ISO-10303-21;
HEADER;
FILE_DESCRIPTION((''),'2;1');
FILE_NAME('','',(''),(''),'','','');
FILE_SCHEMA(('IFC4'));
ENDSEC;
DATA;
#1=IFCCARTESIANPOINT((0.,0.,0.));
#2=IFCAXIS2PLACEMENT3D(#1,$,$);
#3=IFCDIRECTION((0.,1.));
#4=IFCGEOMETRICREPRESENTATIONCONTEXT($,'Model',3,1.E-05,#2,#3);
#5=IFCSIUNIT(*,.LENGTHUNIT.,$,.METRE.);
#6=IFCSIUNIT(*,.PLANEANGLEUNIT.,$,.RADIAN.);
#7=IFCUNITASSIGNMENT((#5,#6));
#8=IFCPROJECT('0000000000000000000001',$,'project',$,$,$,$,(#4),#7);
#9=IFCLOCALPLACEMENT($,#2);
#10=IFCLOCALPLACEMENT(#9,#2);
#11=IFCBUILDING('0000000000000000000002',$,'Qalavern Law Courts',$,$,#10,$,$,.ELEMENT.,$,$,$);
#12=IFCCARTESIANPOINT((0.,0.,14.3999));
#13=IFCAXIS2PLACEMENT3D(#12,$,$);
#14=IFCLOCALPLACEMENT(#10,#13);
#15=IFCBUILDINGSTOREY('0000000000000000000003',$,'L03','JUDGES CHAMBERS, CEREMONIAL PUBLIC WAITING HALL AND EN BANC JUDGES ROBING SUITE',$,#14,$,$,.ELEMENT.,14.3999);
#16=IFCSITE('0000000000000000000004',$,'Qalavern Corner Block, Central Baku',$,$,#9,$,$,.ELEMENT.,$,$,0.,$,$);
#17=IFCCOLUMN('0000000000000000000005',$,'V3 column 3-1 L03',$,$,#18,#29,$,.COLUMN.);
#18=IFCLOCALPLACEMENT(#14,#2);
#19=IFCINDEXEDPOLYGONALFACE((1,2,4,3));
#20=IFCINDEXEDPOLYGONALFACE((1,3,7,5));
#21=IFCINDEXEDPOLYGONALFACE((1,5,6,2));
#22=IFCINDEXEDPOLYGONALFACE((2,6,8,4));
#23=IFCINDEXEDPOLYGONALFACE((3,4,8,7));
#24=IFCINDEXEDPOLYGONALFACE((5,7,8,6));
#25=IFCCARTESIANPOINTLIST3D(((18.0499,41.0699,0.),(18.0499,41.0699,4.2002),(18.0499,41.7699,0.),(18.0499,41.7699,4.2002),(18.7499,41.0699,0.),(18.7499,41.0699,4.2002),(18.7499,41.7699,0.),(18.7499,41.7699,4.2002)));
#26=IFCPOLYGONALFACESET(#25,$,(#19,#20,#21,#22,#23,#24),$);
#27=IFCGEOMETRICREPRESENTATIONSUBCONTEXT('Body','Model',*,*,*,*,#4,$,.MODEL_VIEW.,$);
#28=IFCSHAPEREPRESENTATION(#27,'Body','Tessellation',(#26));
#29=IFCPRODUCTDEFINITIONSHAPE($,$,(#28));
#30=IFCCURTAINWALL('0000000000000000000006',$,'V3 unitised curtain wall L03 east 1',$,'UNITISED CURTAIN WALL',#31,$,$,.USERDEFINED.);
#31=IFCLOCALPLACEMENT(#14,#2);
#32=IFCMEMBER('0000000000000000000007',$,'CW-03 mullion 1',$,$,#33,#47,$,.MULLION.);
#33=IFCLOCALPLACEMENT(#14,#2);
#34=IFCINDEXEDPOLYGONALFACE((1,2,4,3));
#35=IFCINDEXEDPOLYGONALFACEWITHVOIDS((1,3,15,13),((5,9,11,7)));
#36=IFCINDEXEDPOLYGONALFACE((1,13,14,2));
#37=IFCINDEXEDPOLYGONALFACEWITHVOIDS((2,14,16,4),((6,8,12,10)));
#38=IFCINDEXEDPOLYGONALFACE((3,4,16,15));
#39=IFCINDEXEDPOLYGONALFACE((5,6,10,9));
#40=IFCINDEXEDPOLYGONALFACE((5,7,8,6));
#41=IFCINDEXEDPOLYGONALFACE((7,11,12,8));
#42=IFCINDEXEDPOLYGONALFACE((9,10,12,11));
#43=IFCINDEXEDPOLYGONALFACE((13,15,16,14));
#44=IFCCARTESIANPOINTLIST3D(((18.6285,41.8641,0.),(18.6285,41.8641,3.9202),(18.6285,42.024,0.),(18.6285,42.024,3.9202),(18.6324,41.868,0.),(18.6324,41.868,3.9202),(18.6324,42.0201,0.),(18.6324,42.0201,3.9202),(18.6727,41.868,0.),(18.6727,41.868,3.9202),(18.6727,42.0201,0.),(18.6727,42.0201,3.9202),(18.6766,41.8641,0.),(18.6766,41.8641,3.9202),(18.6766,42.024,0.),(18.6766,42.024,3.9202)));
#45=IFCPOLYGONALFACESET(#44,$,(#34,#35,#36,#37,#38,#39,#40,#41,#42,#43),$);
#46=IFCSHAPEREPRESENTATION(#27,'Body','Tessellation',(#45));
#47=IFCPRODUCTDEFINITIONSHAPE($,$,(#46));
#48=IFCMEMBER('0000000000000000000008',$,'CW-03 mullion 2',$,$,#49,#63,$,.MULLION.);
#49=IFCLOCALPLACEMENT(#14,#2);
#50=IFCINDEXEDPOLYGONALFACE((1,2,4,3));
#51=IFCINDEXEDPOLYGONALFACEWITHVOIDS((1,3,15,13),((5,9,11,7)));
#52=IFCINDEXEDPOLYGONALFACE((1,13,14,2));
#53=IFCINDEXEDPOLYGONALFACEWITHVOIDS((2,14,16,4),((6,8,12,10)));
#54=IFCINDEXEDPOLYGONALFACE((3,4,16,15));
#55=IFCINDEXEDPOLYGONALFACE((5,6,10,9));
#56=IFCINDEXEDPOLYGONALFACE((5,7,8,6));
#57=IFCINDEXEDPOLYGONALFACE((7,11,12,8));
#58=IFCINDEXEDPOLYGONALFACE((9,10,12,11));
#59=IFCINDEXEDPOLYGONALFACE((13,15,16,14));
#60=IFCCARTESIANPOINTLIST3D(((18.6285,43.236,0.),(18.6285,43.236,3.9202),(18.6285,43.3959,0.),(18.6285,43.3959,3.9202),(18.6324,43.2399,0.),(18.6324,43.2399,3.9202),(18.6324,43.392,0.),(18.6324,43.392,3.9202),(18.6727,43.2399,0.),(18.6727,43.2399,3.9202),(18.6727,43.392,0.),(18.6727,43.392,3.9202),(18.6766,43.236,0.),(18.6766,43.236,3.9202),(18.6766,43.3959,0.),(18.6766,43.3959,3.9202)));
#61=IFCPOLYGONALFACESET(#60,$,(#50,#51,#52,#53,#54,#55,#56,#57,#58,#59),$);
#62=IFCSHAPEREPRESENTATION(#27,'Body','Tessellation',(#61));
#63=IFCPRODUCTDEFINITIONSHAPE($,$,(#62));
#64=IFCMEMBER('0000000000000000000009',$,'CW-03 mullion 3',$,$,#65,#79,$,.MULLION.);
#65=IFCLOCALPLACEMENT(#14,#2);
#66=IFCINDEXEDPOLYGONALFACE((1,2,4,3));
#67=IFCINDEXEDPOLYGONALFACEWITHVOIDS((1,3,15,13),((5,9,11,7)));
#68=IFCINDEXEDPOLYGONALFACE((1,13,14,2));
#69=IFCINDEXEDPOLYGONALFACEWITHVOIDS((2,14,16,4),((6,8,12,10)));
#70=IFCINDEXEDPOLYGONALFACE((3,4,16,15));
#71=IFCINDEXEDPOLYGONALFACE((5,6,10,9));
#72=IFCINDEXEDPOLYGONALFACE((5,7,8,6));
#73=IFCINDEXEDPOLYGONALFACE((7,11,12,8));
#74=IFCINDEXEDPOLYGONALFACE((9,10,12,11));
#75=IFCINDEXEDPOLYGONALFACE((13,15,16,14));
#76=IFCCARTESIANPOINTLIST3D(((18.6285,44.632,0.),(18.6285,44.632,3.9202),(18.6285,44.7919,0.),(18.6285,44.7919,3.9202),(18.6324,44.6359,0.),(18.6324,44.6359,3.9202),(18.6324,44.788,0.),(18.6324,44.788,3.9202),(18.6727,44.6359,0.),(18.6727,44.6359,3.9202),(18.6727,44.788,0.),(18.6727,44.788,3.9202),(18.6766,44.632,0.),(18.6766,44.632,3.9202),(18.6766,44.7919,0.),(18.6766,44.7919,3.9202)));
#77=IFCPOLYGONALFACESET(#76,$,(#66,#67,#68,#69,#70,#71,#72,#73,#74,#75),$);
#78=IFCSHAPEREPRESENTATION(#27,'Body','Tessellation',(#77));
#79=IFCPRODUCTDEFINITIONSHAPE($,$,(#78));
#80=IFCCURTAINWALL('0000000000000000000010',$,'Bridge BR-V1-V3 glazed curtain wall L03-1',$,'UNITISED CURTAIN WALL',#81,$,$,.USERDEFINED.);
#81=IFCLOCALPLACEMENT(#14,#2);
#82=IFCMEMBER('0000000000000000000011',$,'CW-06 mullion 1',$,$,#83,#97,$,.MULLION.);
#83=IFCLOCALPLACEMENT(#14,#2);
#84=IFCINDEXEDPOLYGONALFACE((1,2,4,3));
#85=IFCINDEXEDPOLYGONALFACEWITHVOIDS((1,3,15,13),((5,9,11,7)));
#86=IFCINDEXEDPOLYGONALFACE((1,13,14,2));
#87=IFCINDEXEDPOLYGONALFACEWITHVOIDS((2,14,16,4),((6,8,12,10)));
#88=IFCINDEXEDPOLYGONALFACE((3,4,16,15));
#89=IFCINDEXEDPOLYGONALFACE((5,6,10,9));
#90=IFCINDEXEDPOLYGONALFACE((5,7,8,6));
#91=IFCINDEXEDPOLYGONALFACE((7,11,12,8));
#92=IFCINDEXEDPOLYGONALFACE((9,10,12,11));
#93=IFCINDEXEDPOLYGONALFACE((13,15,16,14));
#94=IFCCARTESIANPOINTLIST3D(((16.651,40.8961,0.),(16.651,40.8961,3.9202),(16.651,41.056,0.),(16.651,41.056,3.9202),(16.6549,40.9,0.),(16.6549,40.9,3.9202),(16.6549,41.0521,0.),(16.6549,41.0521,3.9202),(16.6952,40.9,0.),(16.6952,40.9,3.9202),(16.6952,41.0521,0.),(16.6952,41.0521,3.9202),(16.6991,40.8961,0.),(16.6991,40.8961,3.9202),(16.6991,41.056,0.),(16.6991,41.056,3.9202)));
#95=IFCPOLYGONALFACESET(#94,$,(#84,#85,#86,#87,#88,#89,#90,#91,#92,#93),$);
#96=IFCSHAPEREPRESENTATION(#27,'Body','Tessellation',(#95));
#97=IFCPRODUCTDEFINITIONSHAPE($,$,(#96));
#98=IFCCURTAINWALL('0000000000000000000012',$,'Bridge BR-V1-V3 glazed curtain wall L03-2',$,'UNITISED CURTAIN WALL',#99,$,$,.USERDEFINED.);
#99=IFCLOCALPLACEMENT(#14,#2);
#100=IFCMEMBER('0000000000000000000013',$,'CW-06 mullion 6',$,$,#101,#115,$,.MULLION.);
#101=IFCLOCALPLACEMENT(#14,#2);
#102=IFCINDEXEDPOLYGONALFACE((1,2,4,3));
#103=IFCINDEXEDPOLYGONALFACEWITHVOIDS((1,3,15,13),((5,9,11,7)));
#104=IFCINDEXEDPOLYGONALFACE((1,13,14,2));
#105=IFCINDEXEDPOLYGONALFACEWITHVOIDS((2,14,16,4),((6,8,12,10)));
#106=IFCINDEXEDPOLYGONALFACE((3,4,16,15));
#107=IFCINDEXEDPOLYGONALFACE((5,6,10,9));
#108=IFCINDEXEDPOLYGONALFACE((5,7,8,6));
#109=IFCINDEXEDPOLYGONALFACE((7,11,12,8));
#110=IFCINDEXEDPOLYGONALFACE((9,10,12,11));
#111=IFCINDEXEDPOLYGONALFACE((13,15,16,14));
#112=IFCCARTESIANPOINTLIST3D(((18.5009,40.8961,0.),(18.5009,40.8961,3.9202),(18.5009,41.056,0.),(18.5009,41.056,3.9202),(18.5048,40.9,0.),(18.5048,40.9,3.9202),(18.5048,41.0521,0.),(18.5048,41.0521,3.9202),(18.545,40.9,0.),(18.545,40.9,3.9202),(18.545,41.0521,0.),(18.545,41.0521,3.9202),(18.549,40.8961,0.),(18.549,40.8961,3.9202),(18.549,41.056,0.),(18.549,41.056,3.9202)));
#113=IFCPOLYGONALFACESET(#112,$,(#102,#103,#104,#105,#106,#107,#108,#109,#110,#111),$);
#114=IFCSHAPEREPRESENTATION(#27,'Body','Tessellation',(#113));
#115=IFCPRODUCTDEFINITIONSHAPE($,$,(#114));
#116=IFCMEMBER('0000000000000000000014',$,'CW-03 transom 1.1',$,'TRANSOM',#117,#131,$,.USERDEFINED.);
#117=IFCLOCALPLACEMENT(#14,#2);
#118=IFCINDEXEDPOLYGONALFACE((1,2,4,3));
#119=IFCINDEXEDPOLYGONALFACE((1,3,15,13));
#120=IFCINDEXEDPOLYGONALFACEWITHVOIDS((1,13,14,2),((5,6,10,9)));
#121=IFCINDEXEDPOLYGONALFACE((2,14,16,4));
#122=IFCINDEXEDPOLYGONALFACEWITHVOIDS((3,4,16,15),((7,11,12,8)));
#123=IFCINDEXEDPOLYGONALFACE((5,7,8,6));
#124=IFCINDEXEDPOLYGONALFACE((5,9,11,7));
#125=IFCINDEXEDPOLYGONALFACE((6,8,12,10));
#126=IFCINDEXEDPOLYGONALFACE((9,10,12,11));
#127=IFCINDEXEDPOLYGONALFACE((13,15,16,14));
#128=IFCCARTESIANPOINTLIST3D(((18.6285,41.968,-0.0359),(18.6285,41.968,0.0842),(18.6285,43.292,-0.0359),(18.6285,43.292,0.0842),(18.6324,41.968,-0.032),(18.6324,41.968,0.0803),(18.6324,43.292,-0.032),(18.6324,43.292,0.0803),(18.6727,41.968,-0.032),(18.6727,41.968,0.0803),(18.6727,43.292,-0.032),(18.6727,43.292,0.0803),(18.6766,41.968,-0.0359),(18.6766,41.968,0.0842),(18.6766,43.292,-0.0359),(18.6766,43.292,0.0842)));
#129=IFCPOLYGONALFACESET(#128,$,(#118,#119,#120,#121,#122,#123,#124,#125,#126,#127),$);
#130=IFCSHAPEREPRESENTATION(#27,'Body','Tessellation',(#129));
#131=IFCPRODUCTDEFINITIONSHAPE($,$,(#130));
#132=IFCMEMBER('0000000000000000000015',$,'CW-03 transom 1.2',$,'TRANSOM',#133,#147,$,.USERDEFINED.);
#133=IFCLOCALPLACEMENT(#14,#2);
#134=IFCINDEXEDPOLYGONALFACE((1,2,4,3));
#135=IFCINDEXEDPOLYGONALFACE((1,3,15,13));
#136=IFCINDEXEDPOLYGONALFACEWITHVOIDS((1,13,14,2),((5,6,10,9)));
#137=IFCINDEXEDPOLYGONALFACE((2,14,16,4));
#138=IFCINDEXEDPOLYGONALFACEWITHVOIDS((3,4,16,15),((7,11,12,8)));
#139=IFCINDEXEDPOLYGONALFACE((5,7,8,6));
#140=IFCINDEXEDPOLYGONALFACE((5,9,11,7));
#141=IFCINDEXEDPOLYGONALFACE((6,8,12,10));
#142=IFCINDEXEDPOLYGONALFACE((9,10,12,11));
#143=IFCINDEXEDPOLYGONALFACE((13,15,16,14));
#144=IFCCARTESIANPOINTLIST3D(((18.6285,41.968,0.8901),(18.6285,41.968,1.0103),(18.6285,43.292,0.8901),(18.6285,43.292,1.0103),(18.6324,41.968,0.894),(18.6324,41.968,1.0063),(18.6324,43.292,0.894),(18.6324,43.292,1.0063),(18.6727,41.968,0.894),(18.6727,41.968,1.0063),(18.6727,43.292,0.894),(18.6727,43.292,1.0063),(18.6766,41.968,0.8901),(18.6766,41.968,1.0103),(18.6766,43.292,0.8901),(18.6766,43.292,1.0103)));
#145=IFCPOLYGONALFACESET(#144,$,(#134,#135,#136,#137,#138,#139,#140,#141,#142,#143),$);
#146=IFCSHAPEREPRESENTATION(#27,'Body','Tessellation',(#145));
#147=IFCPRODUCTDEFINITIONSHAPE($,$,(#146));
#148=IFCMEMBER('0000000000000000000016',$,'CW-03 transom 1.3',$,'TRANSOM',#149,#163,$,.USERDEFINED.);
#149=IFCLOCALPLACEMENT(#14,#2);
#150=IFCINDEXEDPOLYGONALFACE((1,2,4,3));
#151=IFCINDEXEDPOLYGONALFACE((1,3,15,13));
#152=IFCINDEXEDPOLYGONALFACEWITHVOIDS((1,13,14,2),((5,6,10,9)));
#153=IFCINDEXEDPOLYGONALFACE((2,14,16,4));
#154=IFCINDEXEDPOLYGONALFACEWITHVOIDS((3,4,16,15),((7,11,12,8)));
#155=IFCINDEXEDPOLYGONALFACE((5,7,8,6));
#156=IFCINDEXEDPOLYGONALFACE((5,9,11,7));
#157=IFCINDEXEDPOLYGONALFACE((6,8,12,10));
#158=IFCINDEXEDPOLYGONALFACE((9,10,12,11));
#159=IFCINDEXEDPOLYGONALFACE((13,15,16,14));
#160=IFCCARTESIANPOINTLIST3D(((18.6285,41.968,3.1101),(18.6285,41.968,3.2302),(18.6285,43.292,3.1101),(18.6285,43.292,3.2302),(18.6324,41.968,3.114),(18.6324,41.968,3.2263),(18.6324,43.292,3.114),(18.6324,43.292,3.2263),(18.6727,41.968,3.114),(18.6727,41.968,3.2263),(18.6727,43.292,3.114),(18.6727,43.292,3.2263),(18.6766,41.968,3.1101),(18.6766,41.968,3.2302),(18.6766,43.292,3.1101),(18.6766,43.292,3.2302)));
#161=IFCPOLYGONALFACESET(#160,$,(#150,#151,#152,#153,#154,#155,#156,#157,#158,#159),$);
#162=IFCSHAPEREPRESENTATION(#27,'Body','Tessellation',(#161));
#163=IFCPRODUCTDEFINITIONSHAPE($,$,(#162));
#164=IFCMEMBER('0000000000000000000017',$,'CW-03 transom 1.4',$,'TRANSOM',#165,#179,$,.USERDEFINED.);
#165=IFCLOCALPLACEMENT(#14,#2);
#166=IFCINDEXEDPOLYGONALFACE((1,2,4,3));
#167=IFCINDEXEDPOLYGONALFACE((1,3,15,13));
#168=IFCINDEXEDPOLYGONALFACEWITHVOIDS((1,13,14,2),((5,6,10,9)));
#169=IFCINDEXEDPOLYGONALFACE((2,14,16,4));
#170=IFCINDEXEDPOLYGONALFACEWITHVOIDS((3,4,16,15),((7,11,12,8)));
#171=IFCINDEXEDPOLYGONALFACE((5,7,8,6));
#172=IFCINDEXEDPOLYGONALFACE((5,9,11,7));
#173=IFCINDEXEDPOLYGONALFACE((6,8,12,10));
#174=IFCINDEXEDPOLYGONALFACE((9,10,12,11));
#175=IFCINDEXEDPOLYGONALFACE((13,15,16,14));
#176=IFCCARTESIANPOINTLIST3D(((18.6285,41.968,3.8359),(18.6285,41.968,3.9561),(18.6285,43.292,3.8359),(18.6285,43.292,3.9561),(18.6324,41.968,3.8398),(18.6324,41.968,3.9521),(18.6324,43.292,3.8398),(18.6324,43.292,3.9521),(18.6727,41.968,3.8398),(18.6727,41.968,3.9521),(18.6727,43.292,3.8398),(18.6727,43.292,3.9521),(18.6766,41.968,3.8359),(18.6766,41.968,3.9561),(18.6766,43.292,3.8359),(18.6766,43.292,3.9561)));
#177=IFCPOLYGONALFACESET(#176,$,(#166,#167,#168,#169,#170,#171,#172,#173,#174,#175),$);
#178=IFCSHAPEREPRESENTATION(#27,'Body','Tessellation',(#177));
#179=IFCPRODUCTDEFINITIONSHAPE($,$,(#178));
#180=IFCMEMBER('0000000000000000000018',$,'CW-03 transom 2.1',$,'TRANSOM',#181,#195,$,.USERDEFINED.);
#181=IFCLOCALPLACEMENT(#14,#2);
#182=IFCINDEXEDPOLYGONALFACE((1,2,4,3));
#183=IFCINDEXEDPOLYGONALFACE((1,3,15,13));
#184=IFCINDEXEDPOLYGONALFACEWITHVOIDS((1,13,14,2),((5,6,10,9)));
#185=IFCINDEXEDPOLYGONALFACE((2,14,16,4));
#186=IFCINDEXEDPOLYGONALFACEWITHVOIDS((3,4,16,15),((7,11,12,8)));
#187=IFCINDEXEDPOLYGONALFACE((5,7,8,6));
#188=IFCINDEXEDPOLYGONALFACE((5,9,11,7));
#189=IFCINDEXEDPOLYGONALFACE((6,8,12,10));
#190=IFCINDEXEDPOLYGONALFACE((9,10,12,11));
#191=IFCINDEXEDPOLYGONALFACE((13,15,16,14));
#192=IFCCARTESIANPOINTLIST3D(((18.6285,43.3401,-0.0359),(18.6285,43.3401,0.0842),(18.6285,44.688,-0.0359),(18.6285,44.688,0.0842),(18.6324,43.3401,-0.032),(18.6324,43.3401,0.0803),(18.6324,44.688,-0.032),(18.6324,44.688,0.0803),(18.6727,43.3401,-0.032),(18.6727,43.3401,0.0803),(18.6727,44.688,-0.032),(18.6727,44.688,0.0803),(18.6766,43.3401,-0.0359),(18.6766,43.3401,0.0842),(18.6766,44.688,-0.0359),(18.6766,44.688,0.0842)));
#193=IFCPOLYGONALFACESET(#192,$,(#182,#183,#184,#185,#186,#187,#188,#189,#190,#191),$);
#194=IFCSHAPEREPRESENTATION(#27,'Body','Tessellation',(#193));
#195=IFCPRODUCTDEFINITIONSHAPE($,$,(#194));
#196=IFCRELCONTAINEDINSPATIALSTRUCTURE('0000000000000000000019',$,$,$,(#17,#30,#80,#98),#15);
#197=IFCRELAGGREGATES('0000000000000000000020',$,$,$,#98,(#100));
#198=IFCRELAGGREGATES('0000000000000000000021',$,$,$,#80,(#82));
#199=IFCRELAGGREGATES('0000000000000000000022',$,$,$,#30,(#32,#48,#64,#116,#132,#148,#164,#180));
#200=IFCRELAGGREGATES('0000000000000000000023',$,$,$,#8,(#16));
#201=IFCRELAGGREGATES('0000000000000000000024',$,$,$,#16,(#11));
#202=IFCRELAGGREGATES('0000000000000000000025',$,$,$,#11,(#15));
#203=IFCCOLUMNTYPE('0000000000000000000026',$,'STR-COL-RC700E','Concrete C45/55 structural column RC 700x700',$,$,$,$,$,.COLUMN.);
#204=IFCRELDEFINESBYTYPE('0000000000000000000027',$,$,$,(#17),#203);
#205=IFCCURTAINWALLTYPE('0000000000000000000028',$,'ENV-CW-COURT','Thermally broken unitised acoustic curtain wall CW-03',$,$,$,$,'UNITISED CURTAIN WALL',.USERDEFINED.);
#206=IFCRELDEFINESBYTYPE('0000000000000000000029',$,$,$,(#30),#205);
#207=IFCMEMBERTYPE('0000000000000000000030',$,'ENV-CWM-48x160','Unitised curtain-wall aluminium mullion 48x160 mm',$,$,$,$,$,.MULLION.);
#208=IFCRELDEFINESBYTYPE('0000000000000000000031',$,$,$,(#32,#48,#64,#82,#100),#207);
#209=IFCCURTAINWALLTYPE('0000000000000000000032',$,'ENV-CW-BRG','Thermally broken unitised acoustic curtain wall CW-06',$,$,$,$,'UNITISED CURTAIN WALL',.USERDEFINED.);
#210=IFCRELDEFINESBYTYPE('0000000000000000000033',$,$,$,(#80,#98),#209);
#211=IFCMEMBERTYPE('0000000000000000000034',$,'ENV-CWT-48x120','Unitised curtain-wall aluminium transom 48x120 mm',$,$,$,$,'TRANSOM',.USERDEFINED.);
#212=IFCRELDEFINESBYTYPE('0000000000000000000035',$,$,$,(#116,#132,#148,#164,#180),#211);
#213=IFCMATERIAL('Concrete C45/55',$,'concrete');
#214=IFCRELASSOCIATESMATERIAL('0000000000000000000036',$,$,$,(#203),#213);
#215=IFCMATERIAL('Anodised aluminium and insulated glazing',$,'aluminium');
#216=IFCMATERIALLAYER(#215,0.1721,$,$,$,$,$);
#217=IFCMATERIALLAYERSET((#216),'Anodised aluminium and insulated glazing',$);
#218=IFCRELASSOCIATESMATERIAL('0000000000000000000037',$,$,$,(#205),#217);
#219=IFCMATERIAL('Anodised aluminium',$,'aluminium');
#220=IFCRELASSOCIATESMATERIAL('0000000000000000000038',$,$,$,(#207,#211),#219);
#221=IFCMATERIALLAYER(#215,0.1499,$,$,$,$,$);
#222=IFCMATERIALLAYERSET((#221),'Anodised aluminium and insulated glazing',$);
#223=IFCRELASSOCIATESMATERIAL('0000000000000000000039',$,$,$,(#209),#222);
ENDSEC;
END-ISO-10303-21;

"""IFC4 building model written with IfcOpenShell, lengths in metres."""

from ifc_helpers import new_model, si_unit, direction, frame, origin, origin_2d, place, context, subcontext, project, spatial, rectangle, hollow_rectangle, extrude, material, layer, layer_set, material_profile, profile_set, type_object, element, aggregate, save


model = new_model("IFC4")

# Units and contexts
model_context = context("Model", 3, precision=1e-05, world=origin(), true_north=direction((0.0, 1.0)))
body_context = subcontext(model_context, "Body", "Model", "MODEL_VIEW")
ifc_project = project(units=[si_unit("LENGTHUNIT", "METRE"), si_unit("PLANEANGLEUNIT", "RADIAN")], contexts=[model_context])

# Site, building, storey
site_placement = place(None, origin())
site = spatial("IfcSite", under=ifc_project, at=site_placement, Name="Qalavern Corner Block, Central Baku", CompositionType="ELEMENT", RefElevation=0.0)
building_placement = place(site_placement, origin())
building = spatial("IfcBuilding", under=site, at=building_placement, Name="Qalavern Law Courts", CompositionType="ELEMENT")
storey_placement = place(building_placement, frame((0.0, 0.0, 14.3999)))
storey = spatial("IfcBuildingStorey", under=building, at=storey_placement, Name="L03", Description="JUDGES CHAMBERS, CEREMONIAL PUBLIC WAITING HALL AND EN BANC JUDGES ROBING SUITE", CompositionType="ELEMENT", Elevation=14.3999)

# Column
ifc_material_1 = material(Name="Concrete C45/55", Category="concrete")
ifc_material_profile_1 = material_profile(ifc_material_1, rectangle(XDim=0.7, YDim=0.7, at=origin_2d()), Name="RC 700x700")
ifc_profile_set_1 = profile_set([ifc_material_profile_1], Name="Concrete C45/55")
column_type = type_object("IfcColumnType", Name="STR-COL-RC700E", Description="Concrete C45/55 structural column RC 700x700", PredefinedType="COLUMN", material=ifc_profile_set_1)
column_placement = place(storey_placement, frame((18.3999, 41.4199, 0.0), z_axis=(0.0, 0.0, 1.0), x_axis=(1.0, 0.0, 0.0)))
element("IfcColumn", 1, at=column_placement, inside=storey, type_object=column_type, Name="V3 column 3-1 L03", PredefinedType="COLUMN", context=body_context, shape_type="SweptSolid", body=[
    extrude(rectangle(XDim=0.7, YDim=0.7, at=origin_2d()), origin(), (0.0, 0.0, 1.0), 4.2002),
])

# Curtain wall, members
ifc_material_2 = material(Name="Anodised aluminium and insulated glazing", Category="aluminium")
ifc_layer_1 = layer(ifc_material_2, 0.1721)
ifc_layer_set_1 = layer_set([ifc_layer_1], Name="Anodised aluminium and insulated glazing")
curtain_wall_type_1 = type_object("IfcCurtainWallType", Name="ENV-CW-COURT", Description="Thermally broken unitised acoustic curtain wall CW-03", ElementType="UNITISED CURTAIN WALL", PredefinedType="USERDEFINED", material=ifc_layer_set_1)
curtain_wall_1_placement = place(storey_placement, origin())
curtain_wall_1 = element("IfcCurtainWall", 2, at=curtain_wall_1_placement, inside=storey, type_object=curtain_wall_type_1, Name="V3 unitised curtain wall L03 east 1", ObjectType="UNITISED CURTAIN WALL", PredefinedType="USERDEFINED")
ifc_material_3 = material(Name="Anodised aluminium", Category="aluminium")
ifc_material_profile_2 = material_profile(ifc_material_3, hollow_rectangle(XDim=0.0481, YDim=0.1599, WallThickness=0.0039, at=origin_2d()), Name="ALU MULLION 48x160")
ifc_profile_set_2 = profile_set([ifc_material_profile_2], Name="Anodised aluminium")
member_type_1 = type_object("IfcMemberType", Name="ENV-CWM-48x160", Description="Unitised curtain-wall aluminium mullion 48x160 mm", PredefinedType="MULLION", material=ifc_profile_set_2)
member_1_placement = place(storey_placement, frame((18.6526, 41.9441, 0.0), z_axis=(0.0, 0.0, 1.0), x_axis=(-1.0, 0.0, 0.0)))
member_1 = element("IfcMember", 3, at=member_1_placement, type_object=member_type_1, Name="CW-03 mullion 1", PredefinedType="MULLION", context=body_context, shape_type="SweptSolid", body=[
    extrude(hollow_rectangle(XDim=0.0481, YDim=0.1599, WallThickness=0.0039, at=origin_2d()), origin(), (0.0, 0.0, 1.0), 3.9202),
])
member_2_placement = place(storey_placement, frame((18.6526, 43.3159, 0.0), z_axis=(0.0, 0.0, 1.0), x_axis=(-1.0, 0.0, 0.0)))
member_2 = element("IfcMember", 4, at=member_2_placement, type_object=member_type_1, Name="CW-03 mullion 2", PredefinedType="MULLION", context=body_context, shape_type="SweptSolid", body=[
    extrude(hollow_rectangle(XDim=0.0481, YDim=0.1599, WallThickness=0.0039, at=origin_2d()), origin(), (0.0, 0.0, 1.0), 3.9202),
])
member_3_placement = place(storey_placement, frame((18.6526, 44.7119, 0.0), z_axis=(0.0, 0.0, 1.0), x_axis=(-1.0, 0.0, 0.0)))
member_3 = element("IfcMember", 5, at=member_3_placement, type_object=member_type_1, Name="CW-03 mullion 3", PredefinedType="MULLION", context=body_context, shape_type="SweptSolid", body=[
    extrude(hollow_rectangle(XDim=0.0481, YDim=0.1599, WallThickness=0.0039, at=origin_2d()), origin(), (0.0, 0.0, 1.0), 3.9202),
])

# Curtain walls, members
ifc_layer_2 = layer(ifc_material_2, 0.1499)
ifc_layer_set_2 = layer_set([ifc_layer_2], Name="Anodised aluminium and insulated glazing")
curtain_wall_type_2 = type_object("IfcCurtainWallType", Name="ENV-CW-BRG", Description="Thermally broken unitised acoustic curtain wall CW-06", ElementType="UNITISED CURTAIN WALL", PredefinedType="USERDEFINED", material=ifc_layer_set_2)
curtain_wall_2_placement = place(storey_placement, origin())
curtain_wall_2 = element("IfcCurtainWall", 6, at=curtain_wall_2_placement, inside=storey, type_object=curtain_wall_type_2, Name="Bridge BR-V1-V3 glazed curtain wall L03-1", ObjectType="UNITISED CURTAIN WALL", PredefinedType="USERDEFINED")
member_4_placement = place(storey_placement, frame((16.675, 40.9761, 0.0), z_axis=(0.0, 0.0, 1.0), x_axis=(1.0, 0.0, 0.0)))
member_4 = element("IfcMember", 7, at=member_4_placement, type_object=member_type_1, Name="CW-06 mullion 1", PredefinedType="MULLION", context=body_context, shape_type="SweptSolid", body=[
    extrude(hollow_rectangle(XDim=0.0481, YDim=0.1599, WallThickness=0.0039, at=origin_2d()), origin(), (0.0, 0.0, 1.0), 3.9202),
])
curtain_wall_3_placement = place(storey_placement, origin())
curtain_wall_3 = element("IfcCurtainWall", 8, at=curtain_wall_3_placement, inside=storey, type_object=curtain_wall_type_2, Name="Bridge BR-V1-V3 glazed curtain wall L03-2", ObjectType="UNITISED CURTAIN WALL", PredefinedType="USERDEFINED")
member_5_placement = place(storey_placement, frame((18.5249, 40.9761, 0.0), z_axis=(0.0, 0.0, 1.0), x_axis=(-1.0, 0.0, 0.0)))
member_5 = element("IfcMember", 9, at=member_5_placement, type_object=member_type_1, Name="CW-06 mullion 6", PredefinedType="MULLION", context=body_context, shape_type="SweptSolid", body=[
    extrude(hollow_rectangle(XDim=0.0481, YDim=0.1599, WallThickness=0.0039, at=origin_2d()), origin(), (0.0, 0.0, 1.0), 3.9202),
])
aggregate(curtain_wall_3, [member_5])

# Members
ifc_material_profile_3 = material_profile(ifc_material_3, hollow_rectangle(XDim=0.0481, YDim=0.1201, WallThickness=0.0039, at=origin_2d()), Name="ALU TRANSOM 48x120")
ifc_profile_set_3 = profile_set([ifc_material_profile_3], Name="Anodised aluminium")
member_type_2 = type_object("IfcMemberType", Name="ENV-CWT-48x120", Description="Unitised curtain-wall aluminium transom 48x120 mm", ElementType="TRANSOM", PredefinedType="USERDEFINED", material=ifc_profile_set_3)
member_6_placement = place(storey_placement, frame((18.6526, 41.968, 0.0242), z_axis=(0.0, 1.0, 0.0), x_axis=(-1.0, 0.0, 0.0)))
member_6 = element("IfcMember", 10, at=member_6_placement, type_object=member_type_2, Name="CW-03 transom 1.1", ObjectType="TRANSOM", PredefinedType="USERDEFINED", context=body_context, shape_type="SweptSolid", body=[
    extrude(hollow_rectangle(XDim=0.0481, YDim=0.1201, WallThickness=0.0039, at=origin_2d()), origin(), (0.0, 0.0, 1.0), 1.324),
])
member_7_placement = place(storey_placement, frame((18.6526, 41.968, 0.9502), z_axis=(0.0, 1.0, 0.0), x_axis=(-1.0, 0.0, 0.0)))
member_7 = element("IfcMember", 11, at=member_7_placement, type_object=member_type_2, Name="CW-03 transom 1.2", ObjectType="TRANSOM", PredefinedType="USERDEFINED", context=body_context, shape_type="SweptSolid", body=[
    extrude(hollow_rectangle(XDim=0.0481, YDim=0.1201, WallThickness=0.0039, at=origin_2d()), origin(), (0.0, 0.0, 1.0), 1.324),
])
member_8_placement = place(storey_placement, frame((18.6526, 41.968, 3.1702), z_axis=(0.0, 1.0, 0.0), x_axis=(-1.0, 0.0, 0.0)))
member_8 = element("IfcMember", 12, at=member_8_placement, type_object=member_type_2, Name="CW-03 transom 1.3", ObjectType="TRANSOM", PredefinedType="USERDEFINED", context=body_context, shape_type="SweptSolid", body=[
    extrude(hollow_rectangle(XDim=0.0481, YDim=0.1201, WallThickness=0.0039, at=origin_2d()), origin(), (0.0, 0.0, 1.0), 1.324),
])
member_9_placement = place(storey_placement, frame((18.6526, 41.968, 3.896), z_axis=(0.0, 1.0, 0.0), x_axis=(-1.0, 0.0, 0.0)))
member_9 = element("IfcMember", 13, at=member_9_placement, type_object=member_type_2, Name="CW-03 transom 1.4", ObjectType="TRANSOM", PredefinedType="USERDEFINED", context=body_context, shape_type="SweptSolid", body=[
    extrude(hollow_rectangle(XDim=0.0481, YDim=0.1201, WallThickness=0.0039, at=origin_2d()), origin(), (0.0, 0.0, 1.0), 1.324),
])
member_10_placement = place(storey_placement, frame((18.6526, 43.3401, 0.0242), z_axis=(0.0, 1.0, 0.0), x_axis=(-1.0, 0.0, 0.0)))
member_10 = element("IfcMember", 14, at=member_10_placement, type_object=member_type_2, Name="CW-03 transom 2.1", ObjectType="TRANSOM", PredefinedType="USERDEFINED", context=body_context, shape_type="SweptSolid", body=[
    extrude(hollow_rectangle(XDim=0.0481, YDim=0.1201, WallThickness=0.0039, at=origin_2d()), origin(), (0.0, 0.0, 1.0), 1.3479),
])
aggregate(curtain_wall_2, [member_4])

aggregate(curtain_wall_1, [member_1, member_2, member_3, member_6, member_7, member_8, member_9, member_10])

save(model, "model.ifc")
